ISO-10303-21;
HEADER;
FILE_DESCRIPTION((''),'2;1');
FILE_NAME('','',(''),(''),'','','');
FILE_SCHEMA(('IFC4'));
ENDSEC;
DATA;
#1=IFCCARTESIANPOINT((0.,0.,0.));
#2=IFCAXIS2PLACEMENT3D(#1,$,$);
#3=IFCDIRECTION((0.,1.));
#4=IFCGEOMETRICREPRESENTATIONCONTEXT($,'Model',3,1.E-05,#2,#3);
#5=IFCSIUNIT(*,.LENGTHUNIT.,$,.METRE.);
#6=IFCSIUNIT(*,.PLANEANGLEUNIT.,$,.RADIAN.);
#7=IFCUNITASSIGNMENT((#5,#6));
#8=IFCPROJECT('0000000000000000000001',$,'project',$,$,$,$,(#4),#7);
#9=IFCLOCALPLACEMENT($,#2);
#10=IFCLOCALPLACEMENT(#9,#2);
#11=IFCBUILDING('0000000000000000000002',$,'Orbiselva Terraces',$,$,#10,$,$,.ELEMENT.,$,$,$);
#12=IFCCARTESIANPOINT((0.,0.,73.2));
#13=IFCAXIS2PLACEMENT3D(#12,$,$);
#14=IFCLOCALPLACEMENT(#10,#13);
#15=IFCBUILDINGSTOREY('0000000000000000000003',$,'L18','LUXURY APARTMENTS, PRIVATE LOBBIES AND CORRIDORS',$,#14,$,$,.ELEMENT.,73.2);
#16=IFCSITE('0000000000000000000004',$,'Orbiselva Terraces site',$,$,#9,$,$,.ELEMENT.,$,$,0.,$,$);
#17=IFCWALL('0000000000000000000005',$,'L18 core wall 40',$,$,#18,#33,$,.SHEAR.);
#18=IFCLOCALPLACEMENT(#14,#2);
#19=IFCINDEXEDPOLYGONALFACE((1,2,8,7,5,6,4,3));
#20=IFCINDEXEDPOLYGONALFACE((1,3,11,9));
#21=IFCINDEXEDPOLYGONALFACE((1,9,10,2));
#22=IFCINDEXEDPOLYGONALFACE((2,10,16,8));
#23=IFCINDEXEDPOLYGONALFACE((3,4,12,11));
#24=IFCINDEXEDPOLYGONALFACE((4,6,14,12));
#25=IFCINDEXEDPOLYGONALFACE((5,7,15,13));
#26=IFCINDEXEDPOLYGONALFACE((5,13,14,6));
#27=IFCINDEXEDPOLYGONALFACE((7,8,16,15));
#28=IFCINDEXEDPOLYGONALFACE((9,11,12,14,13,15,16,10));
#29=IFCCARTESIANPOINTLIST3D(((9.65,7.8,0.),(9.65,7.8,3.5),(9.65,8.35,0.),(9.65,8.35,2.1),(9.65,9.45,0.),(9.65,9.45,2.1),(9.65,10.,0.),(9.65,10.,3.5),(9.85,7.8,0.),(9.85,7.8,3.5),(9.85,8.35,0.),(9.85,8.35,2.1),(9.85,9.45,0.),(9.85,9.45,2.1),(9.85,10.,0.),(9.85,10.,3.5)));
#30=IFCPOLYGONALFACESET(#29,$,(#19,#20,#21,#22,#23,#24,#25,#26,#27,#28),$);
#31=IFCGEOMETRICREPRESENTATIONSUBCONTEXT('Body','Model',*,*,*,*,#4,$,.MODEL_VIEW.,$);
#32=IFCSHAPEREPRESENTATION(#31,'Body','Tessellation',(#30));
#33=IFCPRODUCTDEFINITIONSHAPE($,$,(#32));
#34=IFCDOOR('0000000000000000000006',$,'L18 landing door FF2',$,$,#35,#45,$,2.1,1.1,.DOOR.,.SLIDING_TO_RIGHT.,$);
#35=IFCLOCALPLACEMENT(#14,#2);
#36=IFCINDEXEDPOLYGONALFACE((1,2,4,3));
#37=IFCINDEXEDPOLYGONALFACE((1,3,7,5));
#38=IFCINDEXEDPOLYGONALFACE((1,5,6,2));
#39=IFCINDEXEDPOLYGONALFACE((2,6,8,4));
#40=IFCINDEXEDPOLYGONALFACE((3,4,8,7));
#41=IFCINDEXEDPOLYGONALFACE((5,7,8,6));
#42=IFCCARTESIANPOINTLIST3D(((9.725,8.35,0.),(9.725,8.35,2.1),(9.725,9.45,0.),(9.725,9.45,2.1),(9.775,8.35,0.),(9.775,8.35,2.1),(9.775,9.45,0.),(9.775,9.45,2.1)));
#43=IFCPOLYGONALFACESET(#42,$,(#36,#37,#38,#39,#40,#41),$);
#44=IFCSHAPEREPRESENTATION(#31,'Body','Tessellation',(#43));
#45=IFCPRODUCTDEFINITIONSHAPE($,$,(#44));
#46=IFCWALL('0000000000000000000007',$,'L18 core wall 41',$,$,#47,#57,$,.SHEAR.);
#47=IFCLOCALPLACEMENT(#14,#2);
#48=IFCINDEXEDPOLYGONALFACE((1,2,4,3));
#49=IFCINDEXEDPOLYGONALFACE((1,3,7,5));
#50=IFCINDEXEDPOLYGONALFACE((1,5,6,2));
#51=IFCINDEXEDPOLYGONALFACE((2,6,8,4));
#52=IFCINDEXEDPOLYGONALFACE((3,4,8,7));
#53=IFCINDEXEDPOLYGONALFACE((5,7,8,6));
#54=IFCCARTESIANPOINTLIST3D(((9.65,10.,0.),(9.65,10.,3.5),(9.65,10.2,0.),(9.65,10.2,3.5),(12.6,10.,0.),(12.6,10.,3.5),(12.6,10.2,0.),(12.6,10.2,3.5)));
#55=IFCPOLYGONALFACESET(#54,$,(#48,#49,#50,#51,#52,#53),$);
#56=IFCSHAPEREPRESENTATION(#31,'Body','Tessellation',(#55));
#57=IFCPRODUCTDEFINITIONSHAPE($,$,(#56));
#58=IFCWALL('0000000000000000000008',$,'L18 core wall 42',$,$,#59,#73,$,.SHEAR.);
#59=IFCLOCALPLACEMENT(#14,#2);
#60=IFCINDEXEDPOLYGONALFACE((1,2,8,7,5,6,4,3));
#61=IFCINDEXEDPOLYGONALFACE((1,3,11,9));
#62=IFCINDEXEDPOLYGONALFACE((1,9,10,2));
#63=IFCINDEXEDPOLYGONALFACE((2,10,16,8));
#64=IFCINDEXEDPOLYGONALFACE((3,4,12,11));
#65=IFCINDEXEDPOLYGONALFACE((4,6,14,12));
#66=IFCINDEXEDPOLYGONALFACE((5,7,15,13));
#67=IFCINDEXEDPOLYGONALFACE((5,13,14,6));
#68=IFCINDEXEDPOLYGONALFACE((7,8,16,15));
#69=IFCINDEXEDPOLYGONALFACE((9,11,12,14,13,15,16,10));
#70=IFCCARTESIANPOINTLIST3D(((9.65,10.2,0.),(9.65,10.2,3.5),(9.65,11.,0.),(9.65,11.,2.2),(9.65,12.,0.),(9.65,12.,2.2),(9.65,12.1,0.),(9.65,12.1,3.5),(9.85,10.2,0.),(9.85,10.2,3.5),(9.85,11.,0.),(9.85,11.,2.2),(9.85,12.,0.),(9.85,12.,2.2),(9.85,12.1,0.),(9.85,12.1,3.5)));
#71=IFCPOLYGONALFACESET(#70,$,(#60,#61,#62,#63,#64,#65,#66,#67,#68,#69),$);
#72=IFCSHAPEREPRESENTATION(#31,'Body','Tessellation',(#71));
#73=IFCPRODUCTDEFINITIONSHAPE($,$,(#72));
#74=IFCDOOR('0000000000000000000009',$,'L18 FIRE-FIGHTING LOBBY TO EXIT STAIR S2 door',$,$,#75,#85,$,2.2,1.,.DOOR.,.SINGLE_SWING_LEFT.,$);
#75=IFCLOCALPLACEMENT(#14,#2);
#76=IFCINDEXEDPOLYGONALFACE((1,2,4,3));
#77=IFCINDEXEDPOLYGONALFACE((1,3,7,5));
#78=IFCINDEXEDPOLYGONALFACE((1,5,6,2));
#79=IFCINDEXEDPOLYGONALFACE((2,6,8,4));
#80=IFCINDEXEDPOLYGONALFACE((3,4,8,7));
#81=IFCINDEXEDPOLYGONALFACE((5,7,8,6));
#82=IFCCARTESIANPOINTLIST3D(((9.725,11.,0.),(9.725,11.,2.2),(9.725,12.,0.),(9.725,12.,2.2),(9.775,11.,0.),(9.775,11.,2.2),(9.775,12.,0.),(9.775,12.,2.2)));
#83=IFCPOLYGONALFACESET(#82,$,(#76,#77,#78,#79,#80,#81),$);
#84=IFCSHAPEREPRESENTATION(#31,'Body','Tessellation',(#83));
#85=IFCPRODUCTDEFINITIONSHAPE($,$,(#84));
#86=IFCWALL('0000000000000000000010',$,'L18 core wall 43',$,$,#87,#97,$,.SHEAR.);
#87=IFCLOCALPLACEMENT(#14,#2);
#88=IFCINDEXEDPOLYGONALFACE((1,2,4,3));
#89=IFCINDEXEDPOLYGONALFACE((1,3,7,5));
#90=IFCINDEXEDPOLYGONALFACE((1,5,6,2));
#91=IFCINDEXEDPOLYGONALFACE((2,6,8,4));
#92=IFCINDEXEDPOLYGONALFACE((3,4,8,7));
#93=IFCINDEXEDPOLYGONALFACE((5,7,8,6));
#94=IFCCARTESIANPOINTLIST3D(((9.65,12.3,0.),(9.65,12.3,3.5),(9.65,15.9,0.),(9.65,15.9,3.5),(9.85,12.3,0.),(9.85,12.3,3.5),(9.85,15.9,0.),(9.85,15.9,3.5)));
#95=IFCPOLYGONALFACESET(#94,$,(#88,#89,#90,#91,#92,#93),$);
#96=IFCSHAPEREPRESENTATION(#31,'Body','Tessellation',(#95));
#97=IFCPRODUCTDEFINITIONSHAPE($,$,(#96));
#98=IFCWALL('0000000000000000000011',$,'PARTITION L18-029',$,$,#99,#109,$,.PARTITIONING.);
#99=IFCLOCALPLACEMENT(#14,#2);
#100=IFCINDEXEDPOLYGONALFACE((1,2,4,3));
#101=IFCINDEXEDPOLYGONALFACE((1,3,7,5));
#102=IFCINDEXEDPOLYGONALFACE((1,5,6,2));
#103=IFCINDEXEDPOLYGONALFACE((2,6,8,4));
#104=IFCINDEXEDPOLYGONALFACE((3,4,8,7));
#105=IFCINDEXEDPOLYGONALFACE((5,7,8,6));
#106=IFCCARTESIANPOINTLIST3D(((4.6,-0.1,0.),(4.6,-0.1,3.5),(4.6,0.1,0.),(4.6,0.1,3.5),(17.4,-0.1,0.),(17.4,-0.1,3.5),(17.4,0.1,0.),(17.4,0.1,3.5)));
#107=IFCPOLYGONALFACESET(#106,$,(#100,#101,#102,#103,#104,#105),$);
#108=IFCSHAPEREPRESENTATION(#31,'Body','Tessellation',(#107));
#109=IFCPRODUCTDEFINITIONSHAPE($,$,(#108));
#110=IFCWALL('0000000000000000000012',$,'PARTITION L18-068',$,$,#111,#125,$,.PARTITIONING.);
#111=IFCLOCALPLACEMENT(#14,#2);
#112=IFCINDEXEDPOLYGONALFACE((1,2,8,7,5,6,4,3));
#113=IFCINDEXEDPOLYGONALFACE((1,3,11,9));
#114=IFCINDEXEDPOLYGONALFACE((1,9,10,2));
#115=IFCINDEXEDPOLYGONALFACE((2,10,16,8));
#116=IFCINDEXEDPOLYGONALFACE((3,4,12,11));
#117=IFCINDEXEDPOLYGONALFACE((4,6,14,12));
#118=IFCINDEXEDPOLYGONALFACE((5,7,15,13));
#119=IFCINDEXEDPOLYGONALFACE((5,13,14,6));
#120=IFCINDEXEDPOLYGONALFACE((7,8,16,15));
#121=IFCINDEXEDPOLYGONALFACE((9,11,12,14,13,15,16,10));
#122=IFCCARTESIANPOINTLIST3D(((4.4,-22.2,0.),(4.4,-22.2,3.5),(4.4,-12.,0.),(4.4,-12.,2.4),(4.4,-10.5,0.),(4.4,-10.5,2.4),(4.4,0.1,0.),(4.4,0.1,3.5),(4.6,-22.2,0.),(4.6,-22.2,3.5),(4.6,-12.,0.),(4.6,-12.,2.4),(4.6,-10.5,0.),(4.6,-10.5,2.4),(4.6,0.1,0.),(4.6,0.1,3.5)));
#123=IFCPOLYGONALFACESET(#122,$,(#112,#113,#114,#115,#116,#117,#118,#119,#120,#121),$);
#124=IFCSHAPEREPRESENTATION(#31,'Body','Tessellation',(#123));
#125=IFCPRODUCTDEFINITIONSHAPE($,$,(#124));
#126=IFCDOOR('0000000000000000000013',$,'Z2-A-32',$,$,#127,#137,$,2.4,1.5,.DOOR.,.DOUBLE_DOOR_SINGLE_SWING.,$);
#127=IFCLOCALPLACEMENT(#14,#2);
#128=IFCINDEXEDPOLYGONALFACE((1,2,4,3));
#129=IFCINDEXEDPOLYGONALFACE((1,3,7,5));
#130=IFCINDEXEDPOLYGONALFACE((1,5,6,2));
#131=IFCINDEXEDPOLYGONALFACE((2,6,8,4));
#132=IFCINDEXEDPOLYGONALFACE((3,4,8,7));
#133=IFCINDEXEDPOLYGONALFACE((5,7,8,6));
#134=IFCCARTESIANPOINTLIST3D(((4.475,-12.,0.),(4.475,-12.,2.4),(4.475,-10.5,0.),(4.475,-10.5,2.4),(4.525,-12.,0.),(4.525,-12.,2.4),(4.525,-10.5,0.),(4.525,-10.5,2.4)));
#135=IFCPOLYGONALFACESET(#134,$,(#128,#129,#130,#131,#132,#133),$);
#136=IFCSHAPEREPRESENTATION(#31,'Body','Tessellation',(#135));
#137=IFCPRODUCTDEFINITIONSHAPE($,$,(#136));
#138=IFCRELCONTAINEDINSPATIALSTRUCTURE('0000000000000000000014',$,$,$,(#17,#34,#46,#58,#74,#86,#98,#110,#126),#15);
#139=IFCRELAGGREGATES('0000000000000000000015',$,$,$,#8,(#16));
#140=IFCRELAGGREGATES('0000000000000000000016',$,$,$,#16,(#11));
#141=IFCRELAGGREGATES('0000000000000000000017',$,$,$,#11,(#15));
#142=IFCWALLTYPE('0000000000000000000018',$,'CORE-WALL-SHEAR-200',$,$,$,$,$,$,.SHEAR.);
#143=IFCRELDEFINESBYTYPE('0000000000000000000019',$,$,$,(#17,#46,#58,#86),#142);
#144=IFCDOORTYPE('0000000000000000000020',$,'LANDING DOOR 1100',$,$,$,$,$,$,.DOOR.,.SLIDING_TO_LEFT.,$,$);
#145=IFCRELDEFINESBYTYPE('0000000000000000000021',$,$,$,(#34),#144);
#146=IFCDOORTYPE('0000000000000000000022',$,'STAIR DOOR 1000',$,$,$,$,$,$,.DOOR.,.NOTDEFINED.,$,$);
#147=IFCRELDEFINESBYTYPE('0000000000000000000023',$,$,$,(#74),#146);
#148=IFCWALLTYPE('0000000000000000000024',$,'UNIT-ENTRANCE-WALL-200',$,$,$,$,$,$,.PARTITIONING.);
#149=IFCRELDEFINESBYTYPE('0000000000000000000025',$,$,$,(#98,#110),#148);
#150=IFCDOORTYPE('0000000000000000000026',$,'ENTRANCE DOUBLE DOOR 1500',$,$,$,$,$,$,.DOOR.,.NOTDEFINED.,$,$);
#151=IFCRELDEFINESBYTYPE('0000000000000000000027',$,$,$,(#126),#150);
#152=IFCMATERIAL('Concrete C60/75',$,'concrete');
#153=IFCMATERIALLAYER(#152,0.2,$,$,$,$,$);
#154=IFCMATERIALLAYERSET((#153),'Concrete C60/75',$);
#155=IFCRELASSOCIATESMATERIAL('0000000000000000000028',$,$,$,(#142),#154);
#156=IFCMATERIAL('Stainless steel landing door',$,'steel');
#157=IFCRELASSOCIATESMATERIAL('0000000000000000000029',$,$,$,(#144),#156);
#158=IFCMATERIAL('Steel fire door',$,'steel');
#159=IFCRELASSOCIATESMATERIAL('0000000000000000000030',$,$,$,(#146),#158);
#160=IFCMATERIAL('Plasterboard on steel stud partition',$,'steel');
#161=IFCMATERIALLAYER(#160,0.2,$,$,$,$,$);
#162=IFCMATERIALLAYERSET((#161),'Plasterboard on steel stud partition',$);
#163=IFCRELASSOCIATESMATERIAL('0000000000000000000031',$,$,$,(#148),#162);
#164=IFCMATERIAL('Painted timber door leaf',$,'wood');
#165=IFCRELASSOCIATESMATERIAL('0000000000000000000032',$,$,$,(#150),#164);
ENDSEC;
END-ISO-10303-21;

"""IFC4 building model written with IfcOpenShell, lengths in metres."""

from ifc_helpers import new_model, si_unit, direction, frame, frame_2d, origin, place, context, subcontext, project, spatial, rectangle, extrude, material, layer, layer_set, type_object, element, fill, save


model = new_model("IFC4")

# Units and contexts
model_context = context("Model", 3, precision=1e-05, world=origin(), true_north=direction((0.0, 1.0)))
body_context = subcontext(model_context, "Body", "Model", "MODEL_VIEW")
ifc_project = project(units=[si_unit("LENGTHUNIT", "METRE"), si_unit("PLANEANGLEUNIT", "RADIAN")], contexts=[model_context])

# Site, building, storey
site_placement = place(None, origin())
site = spatial("IfcSite", under=ifc_project, at=site_placement, Name="Orbiselva Terraces site", CompositionType="ELEMENT", RefElevation=0.0)
building_placement = place(site_placement, origin())
building = spatial("IfcBuilding", under=site, at=building_placement, Name="Orbiselva Terraces", CompositionType="ELEMENT")
storey_placement = place(building_placement, frame((0.0, 0.0, 73.2)))
storey = spatial("IfcBuildingStorey", under=building, at=storey_placement, Name="L18", Description="LUXURY APARTMENTS, PRIVATE LOBBIES AND CORRIDORS", CompositionType="ELEMENT", Elevation=73.2)

# Shared definitions
ifc_material_1 = material(Name="Concrete C60/75", Category="concrete")
ifc_layer_1 = layer(ifc_material_1, 0.2)
ifc_layer_set_1 = layer_set([ifc_layer_1], Name="Concrete C60/75")
wall_type_1 = type_object("IfcWallType", Name="CORE-WALL-SHEAR-200", PredefinedType="SHEAR", material=ifc_layer_set_1)
ifc_material_2 = material(Name="Steel fire door", Category="steel")

# Shared definitions
ifc_material_3 = material(Name="Stainless steel landing door", Category="steel")
door_type_1 = type_object("IfcDoorType", Name="LANDING DOOR 1100", OperationType="SLIDING_TO_LEFT", PredefinedType="DOOR", material=ifc_material_3)

# Wall, opening, door
wall_1_placement = place(storey_placement, frame((9.75, 7.8, 0.0), z_axis=(0.0, 0.0, 1.0), x_axis=(0.0, 1.0, 0.0)))
wall_1 = element("IfcWall", 1, at=wall_1_placement, inside=storey, type_object=wall_type_1, Name="L18 core wall 40", PredefinedType="SHEAR", context=body_context, shape_type="SweptSolid", body=[
    extrude(rectangle(XDim=2.2, YDim=0.2, at=frame_2d((1.1, 0.0))), origin(), (0.0, 0.0, 1.0), 3.5),
])
opening_1_placement = place(wall_1_placement, frame((0.55, 0.0, 0.0)))
opening_1 = element("IfcOpeningElement", 2, at=opening_1_placement, cuts=wall_1, PredefinedType="OPENING", context=body_context, shape_type="SweptSolid", body=[
    extrude(rectangle(XDim=1.1, YDim=2.1, at=frame_2d((0.55, 1.05))), frame((0.0, 0.11, 0.0), z_axis=(0.0, -1.0, 0.0), x_axis=(1.0, 0.0, 0.0)), (0.0, 0.0, 1.0), 0.22),
])
door_1_placement = place(opening_1_placement, origin())
door_1 = element("IfcDoor", 3, at=door_1_placement, inside=storey, type_object=door_type_1, Name="L18 landing door FF2", OperationType="SLIDING_TO_RIGHT", OverallHeight=2.1, OverallWidth=1.1, PredefinedType="DOOR", context=body_context, shape_type="SweptSolid", body=[
    extrude(rectangle(XDim=1.1, YDim=2.1, at=frame_2d((0.55, 1.05))), frame((0.0, 0.025, 0.0), z_axis=(0.0, -1.0, 0.0), x_axis=(1.0, 0.0, 0.0)), (0.0, 0.0, 1.0), 0.05),
])
fill(opening_1, door_1)

# Wall
wall_2_placement = place(storey_placement, frame((9.65, 10.1, 0.0), z_axis=(0.0, 0.0, 1.0), x_axis=(1.0, 0.0, 0.0)))
element("IfcWall", 4, at=wall_2_placement, inside=storey, type_object=wall_type_1, Name="L18 core wall 41", PredefinedType="SHEAR", context=body_context, shape_type="SweptSolid", body=[
    extrude(rectangle(XDim=2.95, YDim=0.2, at=frame_2d((1.475, 0.0))), origin(), (0.0, 0.0, 1.0), 3.5),
])

# Wall, opening, door
wall_3_placement = place(storey_placement, frame((9.75, 12.1, 0.0), z_axis=(0.0, 0.0, 1.0), x_axis=(0.0, -1.0, 0.0)))
wall_3 = element("IfcWall", 5, at=wall_3_placement, inside=storey, type_object=wall_type_1, Name="L18 core wall 42", PredefinedType="SHEAR", context=body_context, shape_type="SweptSolid", body=[
    extrude(rectangle(XDim=1.9, YDim=0.2, at=frame_2d((0.95, 0.0))), origin(), (0.0, 0.0, 1.0), 3.5),
])
opening_2_placement = place(wall_3_placement, frame((0.1, 0.0, 0.0)))
opening_2 = element("IfcOpeningElement", 6, at=opening_2_placement, cuts=wall_3, PredefinedType="OPENING", context=body_context, shape_type="SweptSolid", body=[
    extrude(rectangle(XDim=1.0, YDim=2.2, at=frame_2d((0.5, 1.1))), frame((0.0, 0.11, 0.0), z_axis=(0.0, -1.0, 0.0), x_axis=(1.0, 0.0, 0.0)), (0.0, 0.0, 1.0), 0.22),
])
door_type_2 = type_object("IfcDoorType", Name="STAIR DOOR 1000", OperationType="NOTDEFINED", PredefinedType="DOOR", material=ifc_material_2)
door_2_placement = place(opening_2_placement, origin())
door_2 = element("IfcDoor", 7, at=door_2_placement, inside=storey, type_object=door_type_2, Name="L18 FIRE-FIGHTING LOBBY TO EXIT STAIR S2 door", OperationType="SINGLE_SWING_LEFT", OverallHeight=2.2, OverallWidth=1.0, PredefinedType="DOOR", context=body_context, shape_type="SweptSolid", body=[
    extrude(rectangle(XDim=1.0, YDim=2.2, at=frame_2d((0.5, 1.1))), frame((0.0, 0.025, 0.0), z_axis=(0.0, -1.0, 0.0), x_axis=(1.0, 0.0, 0.0)), (0.0, 0.0, 1.0), 0.05),
])
fill(opening_2, door_2)

# Walls
wall_4_placement = place(storey_placement, frame((9.75, 12.3, 0.0), z_axis=(0.0, 0.0, 1.0), x_axis=(0.0, 1.0, 0.0)))
element("IfcWall", 8, at=wall_4_placement, inside=storey, type_object=wall_type_1, Name="L18 core wall 43", PredefinedType="SHEAR", context=body_context, shape_type="SweptSolid", body=[
    extrude(rectangle(XDim=3.6, YDim=0.2, at=frame_2d((1.8, 0.0))), origin(), (0.0, 0.0, 1.0), 3.5),
])
ifc_material_4 = material(Name="Plasterboard on steel stud partition", Category="steel")
ifc_layer_2 = layer(ifc_material_4, 0.2)
ifc_layer_set_2 = layer_set([ifc_layer_2], Name="Plasterboard on steel stud partition")
wall_type_2 = type_object("IfcWallType", Name="UNIT-ENTRANCE-WALL-200", PredefinedType="PARTITIONING", material=ifc_layer_set_2)
wall_5_placement = place(storey_placement, frame((4.6, 0.0, 0.0), z_axis=(0.0, 0.0, 1.0), x_axis=(1.0, 0.0, 0.0)))
element("IfcWall", 9, at=wall_5_placement, inside=storey, type_object=wall_type_2, Name="PARTITION L18-029", PredefinedType="PARTITIONING", context=body_context, shape_type="SweptSolid", body=[
    extrude(rectangle(XDim=12.8, YDim=0.2, at=frame_2d((6.4, 0.0))), origin(), (0.0, 0.0, 1.0), 3.5),
])

# Wall, opening, door
wall_6_placement = place(storey_placement, frame((4.5, 0.1, 0.0), z_axis=(0.0, 0.0, 1.0), x_axis=(0.0, -1.0, 0.0)))
wall_6 = element("IfcWall", 10, at=wall_6_placement, inside=storey, type_object=wall_type_2, Name="PARTITION L18-068", PredefinedType="PARTITIONING", context=body_context, shape_type="SweptSolid", body=[
    extrude(rectangle(XDim=22.3, YDim=0.2, at=frame_2d((11.15, 0.0))), origin(), (0.0, 0.0, 1.0), 3.5),
])
opening_3_placement = place(wall_6_placement, frame((10.6, 0.0, 0.0)))
opening_3 = element("IfcOpeningElement", 11, at=opening_3_placement, cuts=wall_6, PredefinedType="OPENING", context=body_context, shape_type="SweptSolid", body=[
    extrude(rectangle(XDim=1.5, YDim=2.4, at=frame_2d((0.75, 1.2))), frame((0.0, 0.11, 0.0), z_axis=(0.0, -1.0, 0.0), x_axis=(1.0, 0.0, 0.0)), (0.0, 0.0, 1.0), 0.22),
])
ifc_material_5 = material(Name="Painted timber door leaf", Category="wood")
door_type_3 = type_object("IfcDoorType", Name="ENTRANCE DOUBLE DOOR 1500", OperationType="NOTDEFINED", PredefinedType="DOOR", material=ifc_material_5)
door_3_placement = place(opening_3_placement, origin())
door_3 = element("IfcDoor", 12, at=door_3_placement, inside=storey, type_object=door_type_3, Name="Z2-A-32", OperationType="DOUBLE_DOOR_SINGLE_SWING", OverallHeight=2.4, OverallWidth=1.5, PredefinedType="DOOR", context=body_context, shape_type="SweptSolid", body=[
    extrude(rectangle(XDim=1.5, YDim=2.4, at=frame_2d((0.75, 1.2))), frame((0.0, 0.025, 0.0), z_axis=(0.0, -1.0, 0.0), x_axis=(1.0, 0.0, 0.0)), (0.0, 0.0, 1.0), 0.05),
])
fill(opening_3, door_3)

save(model, "model.ifc")
